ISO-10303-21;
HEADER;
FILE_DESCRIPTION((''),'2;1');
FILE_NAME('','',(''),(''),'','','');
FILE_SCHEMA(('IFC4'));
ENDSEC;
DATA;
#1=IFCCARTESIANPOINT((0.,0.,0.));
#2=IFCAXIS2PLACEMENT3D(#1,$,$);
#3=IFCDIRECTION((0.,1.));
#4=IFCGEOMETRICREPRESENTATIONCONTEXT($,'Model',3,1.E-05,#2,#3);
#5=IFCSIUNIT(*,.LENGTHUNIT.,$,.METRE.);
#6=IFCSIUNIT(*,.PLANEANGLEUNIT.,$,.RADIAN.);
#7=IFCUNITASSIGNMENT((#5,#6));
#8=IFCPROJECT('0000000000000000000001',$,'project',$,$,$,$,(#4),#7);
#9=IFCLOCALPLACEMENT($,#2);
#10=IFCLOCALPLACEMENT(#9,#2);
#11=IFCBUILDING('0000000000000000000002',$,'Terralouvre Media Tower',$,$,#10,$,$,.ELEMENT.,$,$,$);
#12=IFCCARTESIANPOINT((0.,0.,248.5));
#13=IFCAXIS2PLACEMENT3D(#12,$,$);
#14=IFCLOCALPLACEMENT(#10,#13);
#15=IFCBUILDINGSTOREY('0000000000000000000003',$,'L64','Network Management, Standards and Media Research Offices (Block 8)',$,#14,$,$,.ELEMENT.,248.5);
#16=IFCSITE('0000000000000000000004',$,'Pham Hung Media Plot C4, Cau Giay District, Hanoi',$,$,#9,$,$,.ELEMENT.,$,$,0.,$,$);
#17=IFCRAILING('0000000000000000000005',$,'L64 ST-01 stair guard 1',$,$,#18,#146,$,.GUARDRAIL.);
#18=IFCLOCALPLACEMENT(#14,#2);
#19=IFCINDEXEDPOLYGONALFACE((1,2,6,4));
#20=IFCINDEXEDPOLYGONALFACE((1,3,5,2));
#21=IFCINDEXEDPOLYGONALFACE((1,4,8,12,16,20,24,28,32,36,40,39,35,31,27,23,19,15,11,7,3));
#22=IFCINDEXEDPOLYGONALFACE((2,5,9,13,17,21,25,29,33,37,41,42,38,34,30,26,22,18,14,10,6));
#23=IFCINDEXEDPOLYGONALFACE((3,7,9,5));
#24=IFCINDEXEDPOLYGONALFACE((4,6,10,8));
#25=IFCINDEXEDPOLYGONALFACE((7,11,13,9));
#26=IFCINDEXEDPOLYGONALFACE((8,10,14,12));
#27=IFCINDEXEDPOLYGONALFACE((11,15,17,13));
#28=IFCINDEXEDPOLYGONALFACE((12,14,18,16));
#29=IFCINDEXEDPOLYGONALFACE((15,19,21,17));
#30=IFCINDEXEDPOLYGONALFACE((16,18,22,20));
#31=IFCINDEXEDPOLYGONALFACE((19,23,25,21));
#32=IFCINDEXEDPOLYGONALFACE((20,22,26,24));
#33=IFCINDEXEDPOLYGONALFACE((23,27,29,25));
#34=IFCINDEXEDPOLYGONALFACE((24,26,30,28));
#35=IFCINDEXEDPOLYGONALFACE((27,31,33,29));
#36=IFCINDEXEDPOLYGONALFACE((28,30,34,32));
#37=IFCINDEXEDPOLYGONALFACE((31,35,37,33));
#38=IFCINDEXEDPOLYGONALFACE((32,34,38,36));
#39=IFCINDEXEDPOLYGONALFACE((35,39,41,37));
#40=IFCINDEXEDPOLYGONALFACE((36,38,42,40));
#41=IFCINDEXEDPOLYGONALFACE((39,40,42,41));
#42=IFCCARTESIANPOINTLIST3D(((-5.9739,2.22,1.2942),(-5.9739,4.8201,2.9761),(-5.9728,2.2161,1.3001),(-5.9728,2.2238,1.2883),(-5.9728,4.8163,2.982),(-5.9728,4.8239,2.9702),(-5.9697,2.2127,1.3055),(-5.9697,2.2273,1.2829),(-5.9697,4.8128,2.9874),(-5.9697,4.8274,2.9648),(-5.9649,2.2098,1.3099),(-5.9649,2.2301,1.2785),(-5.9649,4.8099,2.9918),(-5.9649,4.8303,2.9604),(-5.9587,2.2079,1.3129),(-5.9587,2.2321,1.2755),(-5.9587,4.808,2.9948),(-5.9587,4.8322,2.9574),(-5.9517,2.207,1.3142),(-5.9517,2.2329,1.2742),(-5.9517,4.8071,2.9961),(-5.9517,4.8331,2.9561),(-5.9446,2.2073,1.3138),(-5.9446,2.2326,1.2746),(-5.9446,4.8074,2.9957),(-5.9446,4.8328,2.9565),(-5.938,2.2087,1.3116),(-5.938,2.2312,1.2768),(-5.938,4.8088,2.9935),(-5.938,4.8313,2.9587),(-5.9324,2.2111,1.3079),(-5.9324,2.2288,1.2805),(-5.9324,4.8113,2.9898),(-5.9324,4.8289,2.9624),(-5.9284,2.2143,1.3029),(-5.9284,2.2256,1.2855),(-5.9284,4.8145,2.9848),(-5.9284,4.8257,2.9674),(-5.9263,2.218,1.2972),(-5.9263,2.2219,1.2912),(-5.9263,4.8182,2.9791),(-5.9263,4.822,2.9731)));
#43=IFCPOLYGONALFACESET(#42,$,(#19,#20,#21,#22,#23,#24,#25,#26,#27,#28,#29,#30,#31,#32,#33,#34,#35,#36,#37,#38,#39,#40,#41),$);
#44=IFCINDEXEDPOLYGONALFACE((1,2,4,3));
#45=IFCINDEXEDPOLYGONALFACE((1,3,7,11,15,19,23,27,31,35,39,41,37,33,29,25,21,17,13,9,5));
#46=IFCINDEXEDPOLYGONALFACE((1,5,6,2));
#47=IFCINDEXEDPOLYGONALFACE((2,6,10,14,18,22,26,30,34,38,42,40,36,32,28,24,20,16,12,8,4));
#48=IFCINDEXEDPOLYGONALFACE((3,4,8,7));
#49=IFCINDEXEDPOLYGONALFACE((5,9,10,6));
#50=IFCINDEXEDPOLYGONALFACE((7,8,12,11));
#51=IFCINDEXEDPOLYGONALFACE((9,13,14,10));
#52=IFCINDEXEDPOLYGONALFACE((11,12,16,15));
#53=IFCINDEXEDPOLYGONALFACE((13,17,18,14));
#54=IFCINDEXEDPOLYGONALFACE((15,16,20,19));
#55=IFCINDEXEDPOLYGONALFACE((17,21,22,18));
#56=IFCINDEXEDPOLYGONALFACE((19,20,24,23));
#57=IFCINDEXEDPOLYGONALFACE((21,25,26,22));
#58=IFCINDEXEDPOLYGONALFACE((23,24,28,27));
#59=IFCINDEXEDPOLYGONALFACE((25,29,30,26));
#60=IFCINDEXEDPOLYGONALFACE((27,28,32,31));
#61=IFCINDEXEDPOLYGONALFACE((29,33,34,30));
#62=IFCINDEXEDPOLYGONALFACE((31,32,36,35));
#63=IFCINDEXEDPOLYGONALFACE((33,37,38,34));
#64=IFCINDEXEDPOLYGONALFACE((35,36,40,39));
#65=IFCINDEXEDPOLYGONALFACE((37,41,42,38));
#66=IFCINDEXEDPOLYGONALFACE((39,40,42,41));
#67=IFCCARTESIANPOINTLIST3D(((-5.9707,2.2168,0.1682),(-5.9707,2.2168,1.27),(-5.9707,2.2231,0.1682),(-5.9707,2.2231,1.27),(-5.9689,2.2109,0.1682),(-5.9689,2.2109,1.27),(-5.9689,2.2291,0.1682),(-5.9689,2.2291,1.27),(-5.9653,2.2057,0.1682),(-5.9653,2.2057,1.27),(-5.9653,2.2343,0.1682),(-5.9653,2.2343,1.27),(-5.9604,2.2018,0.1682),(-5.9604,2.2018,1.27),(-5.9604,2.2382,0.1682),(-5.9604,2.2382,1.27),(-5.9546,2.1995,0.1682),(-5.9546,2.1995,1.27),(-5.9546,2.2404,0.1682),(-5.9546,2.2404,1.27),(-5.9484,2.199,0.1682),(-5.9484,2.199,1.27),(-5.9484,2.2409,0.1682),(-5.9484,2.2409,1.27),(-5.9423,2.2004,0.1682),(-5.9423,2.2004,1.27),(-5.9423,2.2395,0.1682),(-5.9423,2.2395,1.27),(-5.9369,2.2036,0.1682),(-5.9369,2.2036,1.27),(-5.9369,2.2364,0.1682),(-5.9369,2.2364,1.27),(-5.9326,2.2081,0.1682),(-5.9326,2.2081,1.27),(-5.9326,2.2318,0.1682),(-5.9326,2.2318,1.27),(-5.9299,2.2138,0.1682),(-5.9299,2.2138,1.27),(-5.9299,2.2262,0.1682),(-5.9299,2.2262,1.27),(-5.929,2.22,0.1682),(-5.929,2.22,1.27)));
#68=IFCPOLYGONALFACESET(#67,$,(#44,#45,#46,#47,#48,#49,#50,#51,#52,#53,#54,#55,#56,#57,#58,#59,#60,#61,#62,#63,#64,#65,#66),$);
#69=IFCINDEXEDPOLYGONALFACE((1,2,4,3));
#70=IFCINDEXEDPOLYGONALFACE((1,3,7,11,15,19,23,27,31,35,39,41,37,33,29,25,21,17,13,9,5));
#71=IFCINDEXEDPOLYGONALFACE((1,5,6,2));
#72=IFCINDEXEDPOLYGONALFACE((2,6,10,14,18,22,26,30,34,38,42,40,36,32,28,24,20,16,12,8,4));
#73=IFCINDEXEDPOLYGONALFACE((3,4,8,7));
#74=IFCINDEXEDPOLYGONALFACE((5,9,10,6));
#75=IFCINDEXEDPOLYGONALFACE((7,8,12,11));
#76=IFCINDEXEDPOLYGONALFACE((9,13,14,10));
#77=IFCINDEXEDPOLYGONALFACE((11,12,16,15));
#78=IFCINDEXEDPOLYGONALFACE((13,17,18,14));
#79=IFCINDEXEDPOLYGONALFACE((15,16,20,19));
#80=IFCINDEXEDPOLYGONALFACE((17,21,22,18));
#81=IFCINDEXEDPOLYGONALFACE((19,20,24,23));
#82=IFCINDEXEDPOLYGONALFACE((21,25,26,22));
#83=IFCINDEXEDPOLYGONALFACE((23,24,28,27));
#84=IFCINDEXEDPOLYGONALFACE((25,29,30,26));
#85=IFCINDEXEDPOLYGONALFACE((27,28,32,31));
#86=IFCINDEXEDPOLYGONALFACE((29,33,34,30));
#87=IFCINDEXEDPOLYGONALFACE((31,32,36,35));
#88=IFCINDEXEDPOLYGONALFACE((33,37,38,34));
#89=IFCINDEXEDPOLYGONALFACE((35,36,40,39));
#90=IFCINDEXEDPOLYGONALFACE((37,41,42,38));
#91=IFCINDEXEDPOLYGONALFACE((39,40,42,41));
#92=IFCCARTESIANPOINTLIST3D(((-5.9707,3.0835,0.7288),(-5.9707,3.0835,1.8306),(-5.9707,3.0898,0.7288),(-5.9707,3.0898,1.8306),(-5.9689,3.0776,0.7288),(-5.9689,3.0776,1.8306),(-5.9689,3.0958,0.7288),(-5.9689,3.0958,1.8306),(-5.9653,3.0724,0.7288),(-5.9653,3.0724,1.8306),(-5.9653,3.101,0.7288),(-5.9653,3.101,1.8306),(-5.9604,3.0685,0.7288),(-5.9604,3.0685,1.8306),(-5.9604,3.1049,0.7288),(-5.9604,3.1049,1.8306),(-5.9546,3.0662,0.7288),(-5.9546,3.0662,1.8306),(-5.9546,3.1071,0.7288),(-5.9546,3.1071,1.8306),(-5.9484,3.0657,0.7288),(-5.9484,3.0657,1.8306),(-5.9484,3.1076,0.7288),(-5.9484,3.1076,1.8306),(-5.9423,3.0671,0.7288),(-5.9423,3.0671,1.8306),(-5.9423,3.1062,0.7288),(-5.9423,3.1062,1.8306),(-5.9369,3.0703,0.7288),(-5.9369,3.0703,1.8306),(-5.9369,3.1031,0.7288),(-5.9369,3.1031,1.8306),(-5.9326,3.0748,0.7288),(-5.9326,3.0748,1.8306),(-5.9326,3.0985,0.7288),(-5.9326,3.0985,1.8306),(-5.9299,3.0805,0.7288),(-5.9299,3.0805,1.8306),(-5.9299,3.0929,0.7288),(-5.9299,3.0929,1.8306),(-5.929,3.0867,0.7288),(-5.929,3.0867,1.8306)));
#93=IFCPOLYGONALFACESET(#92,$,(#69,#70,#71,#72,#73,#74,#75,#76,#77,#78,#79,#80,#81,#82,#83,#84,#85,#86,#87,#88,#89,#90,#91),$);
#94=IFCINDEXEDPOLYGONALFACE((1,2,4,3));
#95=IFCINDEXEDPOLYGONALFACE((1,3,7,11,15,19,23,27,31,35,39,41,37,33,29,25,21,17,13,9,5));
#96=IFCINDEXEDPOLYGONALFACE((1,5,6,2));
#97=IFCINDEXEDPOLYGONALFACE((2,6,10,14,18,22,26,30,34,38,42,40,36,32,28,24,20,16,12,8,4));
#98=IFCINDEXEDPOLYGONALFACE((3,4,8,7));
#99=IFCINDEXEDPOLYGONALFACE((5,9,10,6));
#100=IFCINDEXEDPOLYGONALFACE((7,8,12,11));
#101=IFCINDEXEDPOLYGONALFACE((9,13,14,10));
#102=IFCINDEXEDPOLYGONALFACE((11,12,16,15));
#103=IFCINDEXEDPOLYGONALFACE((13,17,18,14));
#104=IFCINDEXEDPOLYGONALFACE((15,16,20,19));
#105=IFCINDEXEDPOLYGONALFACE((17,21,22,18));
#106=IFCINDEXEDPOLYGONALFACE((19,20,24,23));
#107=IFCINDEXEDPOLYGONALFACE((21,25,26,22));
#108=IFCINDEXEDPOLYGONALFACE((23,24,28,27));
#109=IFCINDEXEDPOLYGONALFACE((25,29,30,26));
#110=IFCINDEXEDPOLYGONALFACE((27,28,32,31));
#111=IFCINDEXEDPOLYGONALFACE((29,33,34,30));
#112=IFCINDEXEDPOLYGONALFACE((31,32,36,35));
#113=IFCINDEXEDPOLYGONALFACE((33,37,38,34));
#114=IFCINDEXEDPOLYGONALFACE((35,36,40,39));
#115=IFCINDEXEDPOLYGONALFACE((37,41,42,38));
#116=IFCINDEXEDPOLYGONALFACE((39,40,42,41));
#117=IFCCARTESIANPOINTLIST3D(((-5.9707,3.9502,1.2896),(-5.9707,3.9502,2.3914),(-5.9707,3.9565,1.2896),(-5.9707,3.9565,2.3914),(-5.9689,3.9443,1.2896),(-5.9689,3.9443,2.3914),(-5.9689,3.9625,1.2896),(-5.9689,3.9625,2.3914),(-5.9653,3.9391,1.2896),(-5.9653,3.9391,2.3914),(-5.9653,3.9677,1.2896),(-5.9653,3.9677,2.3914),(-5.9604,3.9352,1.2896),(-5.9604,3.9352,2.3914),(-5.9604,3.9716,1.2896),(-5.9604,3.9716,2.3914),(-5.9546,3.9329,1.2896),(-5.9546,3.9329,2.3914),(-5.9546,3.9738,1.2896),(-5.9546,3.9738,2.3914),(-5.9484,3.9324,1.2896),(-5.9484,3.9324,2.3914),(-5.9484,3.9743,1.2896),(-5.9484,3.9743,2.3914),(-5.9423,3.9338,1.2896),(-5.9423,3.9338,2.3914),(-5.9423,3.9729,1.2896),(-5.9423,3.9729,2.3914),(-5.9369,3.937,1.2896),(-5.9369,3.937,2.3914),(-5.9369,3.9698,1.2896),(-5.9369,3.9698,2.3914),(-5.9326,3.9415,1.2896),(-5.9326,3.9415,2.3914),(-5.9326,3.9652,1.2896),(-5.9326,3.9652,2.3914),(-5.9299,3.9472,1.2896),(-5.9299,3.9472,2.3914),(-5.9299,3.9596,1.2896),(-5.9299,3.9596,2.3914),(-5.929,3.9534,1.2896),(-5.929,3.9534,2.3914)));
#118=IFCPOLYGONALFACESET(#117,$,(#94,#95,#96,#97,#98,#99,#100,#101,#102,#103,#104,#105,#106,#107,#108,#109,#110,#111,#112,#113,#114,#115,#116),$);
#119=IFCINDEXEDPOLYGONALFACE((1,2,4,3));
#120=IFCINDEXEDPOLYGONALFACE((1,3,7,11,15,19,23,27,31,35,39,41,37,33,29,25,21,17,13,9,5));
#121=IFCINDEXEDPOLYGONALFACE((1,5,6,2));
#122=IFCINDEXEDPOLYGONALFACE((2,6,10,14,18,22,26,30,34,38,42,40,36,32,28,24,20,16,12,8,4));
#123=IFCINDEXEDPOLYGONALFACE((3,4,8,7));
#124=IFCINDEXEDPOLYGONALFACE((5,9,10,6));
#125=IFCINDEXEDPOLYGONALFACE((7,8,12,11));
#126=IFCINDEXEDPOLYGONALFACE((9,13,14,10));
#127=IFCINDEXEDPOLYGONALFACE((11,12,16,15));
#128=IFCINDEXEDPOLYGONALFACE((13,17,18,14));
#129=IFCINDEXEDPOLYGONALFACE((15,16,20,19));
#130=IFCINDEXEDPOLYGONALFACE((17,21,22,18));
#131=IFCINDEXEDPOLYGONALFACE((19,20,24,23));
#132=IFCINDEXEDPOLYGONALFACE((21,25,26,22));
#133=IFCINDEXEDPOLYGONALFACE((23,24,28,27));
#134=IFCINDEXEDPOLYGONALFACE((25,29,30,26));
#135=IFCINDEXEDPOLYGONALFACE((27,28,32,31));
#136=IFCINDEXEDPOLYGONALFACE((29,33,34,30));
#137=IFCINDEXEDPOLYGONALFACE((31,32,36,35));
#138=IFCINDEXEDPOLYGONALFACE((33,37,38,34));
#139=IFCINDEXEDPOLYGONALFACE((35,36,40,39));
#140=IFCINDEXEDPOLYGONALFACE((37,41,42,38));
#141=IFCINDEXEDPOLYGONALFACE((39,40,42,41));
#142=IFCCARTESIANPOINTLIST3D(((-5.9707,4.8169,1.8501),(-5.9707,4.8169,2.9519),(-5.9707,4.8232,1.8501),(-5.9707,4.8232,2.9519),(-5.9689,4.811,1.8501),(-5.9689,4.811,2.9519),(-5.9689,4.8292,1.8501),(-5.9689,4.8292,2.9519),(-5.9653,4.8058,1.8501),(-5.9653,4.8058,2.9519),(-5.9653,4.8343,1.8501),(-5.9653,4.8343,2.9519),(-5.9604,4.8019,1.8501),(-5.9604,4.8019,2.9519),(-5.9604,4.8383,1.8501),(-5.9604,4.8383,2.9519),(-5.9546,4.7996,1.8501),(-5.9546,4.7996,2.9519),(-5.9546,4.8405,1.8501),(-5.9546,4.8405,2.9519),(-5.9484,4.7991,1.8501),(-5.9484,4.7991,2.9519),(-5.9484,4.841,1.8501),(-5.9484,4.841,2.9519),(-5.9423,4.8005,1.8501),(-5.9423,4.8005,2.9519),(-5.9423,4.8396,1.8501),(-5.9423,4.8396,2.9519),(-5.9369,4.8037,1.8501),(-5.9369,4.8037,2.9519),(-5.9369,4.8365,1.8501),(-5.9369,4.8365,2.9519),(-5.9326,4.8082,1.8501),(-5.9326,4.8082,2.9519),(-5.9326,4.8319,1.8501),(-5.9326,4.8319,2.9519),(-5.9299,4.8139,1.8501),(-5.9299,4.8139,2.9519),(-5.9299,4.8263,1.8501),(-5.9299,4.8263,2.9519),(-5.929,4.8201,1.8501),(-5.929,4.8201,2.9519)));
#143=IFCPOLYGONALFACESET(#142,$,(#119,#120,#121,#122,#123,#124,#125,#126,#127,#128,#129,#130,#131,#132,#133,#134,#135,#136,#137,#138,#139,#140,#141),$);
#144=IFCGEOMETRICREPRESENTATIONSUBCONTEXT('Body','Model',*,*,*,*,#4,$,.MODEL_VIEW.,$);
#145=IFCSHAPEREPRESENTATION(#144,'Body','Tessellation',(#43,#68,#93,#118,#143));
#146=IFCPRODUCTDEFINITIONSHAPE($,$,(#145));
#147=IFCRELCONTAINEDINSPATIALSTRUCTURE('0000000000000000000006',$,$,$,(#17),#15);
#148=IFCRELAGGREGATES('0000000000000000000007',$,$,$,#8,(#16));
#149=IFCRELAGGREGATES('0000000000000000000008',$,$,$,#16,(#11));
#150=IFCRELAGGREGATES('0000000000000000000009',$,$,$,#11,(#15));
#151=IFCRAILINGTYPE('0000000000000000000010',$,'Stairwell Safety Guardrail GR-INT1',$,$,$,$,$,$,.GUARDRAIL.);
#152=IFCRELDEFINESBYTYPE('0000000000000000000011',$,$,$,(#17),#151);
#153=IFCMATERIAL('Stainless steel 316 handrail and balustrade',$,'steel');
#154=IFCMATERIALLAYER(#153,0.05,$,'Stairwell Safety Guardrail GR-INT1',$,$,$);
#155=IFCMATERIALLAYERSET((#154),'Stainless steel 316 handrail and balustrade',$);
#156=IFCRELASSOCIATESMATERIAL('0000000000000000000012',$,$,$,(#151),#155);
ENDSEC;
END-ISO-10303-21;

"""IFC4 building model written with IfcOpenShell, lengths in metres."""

from ifc_helpers import new_model, si_unit, direction, frame, origin, origin_2d, place, context, subcontext, project, spatial, circle, extrude, material, layer, layer_set, type_object, element, save


model = new_model("IFC4")

# Units and contexts
model_context = context("Model", 3, precision=1e-05, world=origin(), true_north=direction((0.0, 1.0)))
body_context = subcontext(model_context, "Body", "Model", "MODEL_VIEW")
ifc_project = project(units=[si_unit("LENGTHUNIT", "METRE"), si_unit("PLANEANGLEUNIT", "RADIAN")], contexts=[model_context])

# Site, building, storey
site_placement = place(None, origin())
site = spatial("IfcSite", under=ifc_project, at=site_placement, Name="Pham Hung Media Plot C4, Cau Giay District, Hanoi", CompositionType="ELEMENT", RefElevation=0.0)
building_placement = place(site_placement, origin())
building = spatial("IfcBuilding", under=site, at=building_placement, Name="Terralouvre Media Tower", CompositionType="ELEMENT")
storey_placement = place(building_placement, frame((0.0, 0.0, 248.5)))
storey = spatial("IfcBuildingStorey", under=building, at=storey_placement, Name="L64", Description="Network Management, Standards and Media Research Offices (Block 8)", CompositionType="ELEMENT", Elevation=248.5)

# Railing
ifc_material_1 = material(Name="Stainless steel 316 handrail and balustrade", Category="steel")
ifc_layer_1 = layer(ifc_material_1, 0.05, Name="Stairwell Safety Guardrail GR-INT1")
ifc_layer_set_1 = layer_set([ifc_layer_1], Name="Stainless steel 316 handrail and balustrade")
railing_type_1 = type_object("IfcRailingType", Name="Stairwell Safety Guardrail GR-INT1", PredefinedType="GUARDRAIL", material=ifc_layer_set_1)
railing_1_placement = place(storey_placement, frame((-5.95, 2.22, 0.1682)))
element("IfcRailing", 1, at=railing_1_placement, inside=storey, type_object=railing_type_1, Name="L64 ST-01 stair guard 1", PredefinedType="GUARDRAIL", context=body_context, shape_type="SweptSolid", body=[
    extrude(circle(Radius=0.0239, at=origin_2d()), frame((0.0, 0.0, 1.126), z_axis=(0.0, 0.839648, 0.54313), x_axis=(-1.0, 0.0, 0.0)), (0.0, 0.0, 1.0), 3.0967),
    extrude(circle(Radius=0.021, at=origin_2d()), origin(), (0.0, 0.0, 1.0), 1.1018),
    extrude(circle(Radius=0.021, at=origin_2d()), frame((0.0, 0.8667, 0.5605)), (0.0, 0.0, 1.0), 1.1018),
    extrude(circle(Radius=0.021, at=origin_2d()), frame((0.0, 1.7334, 1.1213)), (0.0, 0.0, 1.0), 1.1018),
    extrude(circle(Radius=0.021, at=origin_2d()), frame((0.0, 2.6001, 1.6819)), (0.0, 0.0, 1.0), 1.1018),
])

save(model, "model.ifc")
